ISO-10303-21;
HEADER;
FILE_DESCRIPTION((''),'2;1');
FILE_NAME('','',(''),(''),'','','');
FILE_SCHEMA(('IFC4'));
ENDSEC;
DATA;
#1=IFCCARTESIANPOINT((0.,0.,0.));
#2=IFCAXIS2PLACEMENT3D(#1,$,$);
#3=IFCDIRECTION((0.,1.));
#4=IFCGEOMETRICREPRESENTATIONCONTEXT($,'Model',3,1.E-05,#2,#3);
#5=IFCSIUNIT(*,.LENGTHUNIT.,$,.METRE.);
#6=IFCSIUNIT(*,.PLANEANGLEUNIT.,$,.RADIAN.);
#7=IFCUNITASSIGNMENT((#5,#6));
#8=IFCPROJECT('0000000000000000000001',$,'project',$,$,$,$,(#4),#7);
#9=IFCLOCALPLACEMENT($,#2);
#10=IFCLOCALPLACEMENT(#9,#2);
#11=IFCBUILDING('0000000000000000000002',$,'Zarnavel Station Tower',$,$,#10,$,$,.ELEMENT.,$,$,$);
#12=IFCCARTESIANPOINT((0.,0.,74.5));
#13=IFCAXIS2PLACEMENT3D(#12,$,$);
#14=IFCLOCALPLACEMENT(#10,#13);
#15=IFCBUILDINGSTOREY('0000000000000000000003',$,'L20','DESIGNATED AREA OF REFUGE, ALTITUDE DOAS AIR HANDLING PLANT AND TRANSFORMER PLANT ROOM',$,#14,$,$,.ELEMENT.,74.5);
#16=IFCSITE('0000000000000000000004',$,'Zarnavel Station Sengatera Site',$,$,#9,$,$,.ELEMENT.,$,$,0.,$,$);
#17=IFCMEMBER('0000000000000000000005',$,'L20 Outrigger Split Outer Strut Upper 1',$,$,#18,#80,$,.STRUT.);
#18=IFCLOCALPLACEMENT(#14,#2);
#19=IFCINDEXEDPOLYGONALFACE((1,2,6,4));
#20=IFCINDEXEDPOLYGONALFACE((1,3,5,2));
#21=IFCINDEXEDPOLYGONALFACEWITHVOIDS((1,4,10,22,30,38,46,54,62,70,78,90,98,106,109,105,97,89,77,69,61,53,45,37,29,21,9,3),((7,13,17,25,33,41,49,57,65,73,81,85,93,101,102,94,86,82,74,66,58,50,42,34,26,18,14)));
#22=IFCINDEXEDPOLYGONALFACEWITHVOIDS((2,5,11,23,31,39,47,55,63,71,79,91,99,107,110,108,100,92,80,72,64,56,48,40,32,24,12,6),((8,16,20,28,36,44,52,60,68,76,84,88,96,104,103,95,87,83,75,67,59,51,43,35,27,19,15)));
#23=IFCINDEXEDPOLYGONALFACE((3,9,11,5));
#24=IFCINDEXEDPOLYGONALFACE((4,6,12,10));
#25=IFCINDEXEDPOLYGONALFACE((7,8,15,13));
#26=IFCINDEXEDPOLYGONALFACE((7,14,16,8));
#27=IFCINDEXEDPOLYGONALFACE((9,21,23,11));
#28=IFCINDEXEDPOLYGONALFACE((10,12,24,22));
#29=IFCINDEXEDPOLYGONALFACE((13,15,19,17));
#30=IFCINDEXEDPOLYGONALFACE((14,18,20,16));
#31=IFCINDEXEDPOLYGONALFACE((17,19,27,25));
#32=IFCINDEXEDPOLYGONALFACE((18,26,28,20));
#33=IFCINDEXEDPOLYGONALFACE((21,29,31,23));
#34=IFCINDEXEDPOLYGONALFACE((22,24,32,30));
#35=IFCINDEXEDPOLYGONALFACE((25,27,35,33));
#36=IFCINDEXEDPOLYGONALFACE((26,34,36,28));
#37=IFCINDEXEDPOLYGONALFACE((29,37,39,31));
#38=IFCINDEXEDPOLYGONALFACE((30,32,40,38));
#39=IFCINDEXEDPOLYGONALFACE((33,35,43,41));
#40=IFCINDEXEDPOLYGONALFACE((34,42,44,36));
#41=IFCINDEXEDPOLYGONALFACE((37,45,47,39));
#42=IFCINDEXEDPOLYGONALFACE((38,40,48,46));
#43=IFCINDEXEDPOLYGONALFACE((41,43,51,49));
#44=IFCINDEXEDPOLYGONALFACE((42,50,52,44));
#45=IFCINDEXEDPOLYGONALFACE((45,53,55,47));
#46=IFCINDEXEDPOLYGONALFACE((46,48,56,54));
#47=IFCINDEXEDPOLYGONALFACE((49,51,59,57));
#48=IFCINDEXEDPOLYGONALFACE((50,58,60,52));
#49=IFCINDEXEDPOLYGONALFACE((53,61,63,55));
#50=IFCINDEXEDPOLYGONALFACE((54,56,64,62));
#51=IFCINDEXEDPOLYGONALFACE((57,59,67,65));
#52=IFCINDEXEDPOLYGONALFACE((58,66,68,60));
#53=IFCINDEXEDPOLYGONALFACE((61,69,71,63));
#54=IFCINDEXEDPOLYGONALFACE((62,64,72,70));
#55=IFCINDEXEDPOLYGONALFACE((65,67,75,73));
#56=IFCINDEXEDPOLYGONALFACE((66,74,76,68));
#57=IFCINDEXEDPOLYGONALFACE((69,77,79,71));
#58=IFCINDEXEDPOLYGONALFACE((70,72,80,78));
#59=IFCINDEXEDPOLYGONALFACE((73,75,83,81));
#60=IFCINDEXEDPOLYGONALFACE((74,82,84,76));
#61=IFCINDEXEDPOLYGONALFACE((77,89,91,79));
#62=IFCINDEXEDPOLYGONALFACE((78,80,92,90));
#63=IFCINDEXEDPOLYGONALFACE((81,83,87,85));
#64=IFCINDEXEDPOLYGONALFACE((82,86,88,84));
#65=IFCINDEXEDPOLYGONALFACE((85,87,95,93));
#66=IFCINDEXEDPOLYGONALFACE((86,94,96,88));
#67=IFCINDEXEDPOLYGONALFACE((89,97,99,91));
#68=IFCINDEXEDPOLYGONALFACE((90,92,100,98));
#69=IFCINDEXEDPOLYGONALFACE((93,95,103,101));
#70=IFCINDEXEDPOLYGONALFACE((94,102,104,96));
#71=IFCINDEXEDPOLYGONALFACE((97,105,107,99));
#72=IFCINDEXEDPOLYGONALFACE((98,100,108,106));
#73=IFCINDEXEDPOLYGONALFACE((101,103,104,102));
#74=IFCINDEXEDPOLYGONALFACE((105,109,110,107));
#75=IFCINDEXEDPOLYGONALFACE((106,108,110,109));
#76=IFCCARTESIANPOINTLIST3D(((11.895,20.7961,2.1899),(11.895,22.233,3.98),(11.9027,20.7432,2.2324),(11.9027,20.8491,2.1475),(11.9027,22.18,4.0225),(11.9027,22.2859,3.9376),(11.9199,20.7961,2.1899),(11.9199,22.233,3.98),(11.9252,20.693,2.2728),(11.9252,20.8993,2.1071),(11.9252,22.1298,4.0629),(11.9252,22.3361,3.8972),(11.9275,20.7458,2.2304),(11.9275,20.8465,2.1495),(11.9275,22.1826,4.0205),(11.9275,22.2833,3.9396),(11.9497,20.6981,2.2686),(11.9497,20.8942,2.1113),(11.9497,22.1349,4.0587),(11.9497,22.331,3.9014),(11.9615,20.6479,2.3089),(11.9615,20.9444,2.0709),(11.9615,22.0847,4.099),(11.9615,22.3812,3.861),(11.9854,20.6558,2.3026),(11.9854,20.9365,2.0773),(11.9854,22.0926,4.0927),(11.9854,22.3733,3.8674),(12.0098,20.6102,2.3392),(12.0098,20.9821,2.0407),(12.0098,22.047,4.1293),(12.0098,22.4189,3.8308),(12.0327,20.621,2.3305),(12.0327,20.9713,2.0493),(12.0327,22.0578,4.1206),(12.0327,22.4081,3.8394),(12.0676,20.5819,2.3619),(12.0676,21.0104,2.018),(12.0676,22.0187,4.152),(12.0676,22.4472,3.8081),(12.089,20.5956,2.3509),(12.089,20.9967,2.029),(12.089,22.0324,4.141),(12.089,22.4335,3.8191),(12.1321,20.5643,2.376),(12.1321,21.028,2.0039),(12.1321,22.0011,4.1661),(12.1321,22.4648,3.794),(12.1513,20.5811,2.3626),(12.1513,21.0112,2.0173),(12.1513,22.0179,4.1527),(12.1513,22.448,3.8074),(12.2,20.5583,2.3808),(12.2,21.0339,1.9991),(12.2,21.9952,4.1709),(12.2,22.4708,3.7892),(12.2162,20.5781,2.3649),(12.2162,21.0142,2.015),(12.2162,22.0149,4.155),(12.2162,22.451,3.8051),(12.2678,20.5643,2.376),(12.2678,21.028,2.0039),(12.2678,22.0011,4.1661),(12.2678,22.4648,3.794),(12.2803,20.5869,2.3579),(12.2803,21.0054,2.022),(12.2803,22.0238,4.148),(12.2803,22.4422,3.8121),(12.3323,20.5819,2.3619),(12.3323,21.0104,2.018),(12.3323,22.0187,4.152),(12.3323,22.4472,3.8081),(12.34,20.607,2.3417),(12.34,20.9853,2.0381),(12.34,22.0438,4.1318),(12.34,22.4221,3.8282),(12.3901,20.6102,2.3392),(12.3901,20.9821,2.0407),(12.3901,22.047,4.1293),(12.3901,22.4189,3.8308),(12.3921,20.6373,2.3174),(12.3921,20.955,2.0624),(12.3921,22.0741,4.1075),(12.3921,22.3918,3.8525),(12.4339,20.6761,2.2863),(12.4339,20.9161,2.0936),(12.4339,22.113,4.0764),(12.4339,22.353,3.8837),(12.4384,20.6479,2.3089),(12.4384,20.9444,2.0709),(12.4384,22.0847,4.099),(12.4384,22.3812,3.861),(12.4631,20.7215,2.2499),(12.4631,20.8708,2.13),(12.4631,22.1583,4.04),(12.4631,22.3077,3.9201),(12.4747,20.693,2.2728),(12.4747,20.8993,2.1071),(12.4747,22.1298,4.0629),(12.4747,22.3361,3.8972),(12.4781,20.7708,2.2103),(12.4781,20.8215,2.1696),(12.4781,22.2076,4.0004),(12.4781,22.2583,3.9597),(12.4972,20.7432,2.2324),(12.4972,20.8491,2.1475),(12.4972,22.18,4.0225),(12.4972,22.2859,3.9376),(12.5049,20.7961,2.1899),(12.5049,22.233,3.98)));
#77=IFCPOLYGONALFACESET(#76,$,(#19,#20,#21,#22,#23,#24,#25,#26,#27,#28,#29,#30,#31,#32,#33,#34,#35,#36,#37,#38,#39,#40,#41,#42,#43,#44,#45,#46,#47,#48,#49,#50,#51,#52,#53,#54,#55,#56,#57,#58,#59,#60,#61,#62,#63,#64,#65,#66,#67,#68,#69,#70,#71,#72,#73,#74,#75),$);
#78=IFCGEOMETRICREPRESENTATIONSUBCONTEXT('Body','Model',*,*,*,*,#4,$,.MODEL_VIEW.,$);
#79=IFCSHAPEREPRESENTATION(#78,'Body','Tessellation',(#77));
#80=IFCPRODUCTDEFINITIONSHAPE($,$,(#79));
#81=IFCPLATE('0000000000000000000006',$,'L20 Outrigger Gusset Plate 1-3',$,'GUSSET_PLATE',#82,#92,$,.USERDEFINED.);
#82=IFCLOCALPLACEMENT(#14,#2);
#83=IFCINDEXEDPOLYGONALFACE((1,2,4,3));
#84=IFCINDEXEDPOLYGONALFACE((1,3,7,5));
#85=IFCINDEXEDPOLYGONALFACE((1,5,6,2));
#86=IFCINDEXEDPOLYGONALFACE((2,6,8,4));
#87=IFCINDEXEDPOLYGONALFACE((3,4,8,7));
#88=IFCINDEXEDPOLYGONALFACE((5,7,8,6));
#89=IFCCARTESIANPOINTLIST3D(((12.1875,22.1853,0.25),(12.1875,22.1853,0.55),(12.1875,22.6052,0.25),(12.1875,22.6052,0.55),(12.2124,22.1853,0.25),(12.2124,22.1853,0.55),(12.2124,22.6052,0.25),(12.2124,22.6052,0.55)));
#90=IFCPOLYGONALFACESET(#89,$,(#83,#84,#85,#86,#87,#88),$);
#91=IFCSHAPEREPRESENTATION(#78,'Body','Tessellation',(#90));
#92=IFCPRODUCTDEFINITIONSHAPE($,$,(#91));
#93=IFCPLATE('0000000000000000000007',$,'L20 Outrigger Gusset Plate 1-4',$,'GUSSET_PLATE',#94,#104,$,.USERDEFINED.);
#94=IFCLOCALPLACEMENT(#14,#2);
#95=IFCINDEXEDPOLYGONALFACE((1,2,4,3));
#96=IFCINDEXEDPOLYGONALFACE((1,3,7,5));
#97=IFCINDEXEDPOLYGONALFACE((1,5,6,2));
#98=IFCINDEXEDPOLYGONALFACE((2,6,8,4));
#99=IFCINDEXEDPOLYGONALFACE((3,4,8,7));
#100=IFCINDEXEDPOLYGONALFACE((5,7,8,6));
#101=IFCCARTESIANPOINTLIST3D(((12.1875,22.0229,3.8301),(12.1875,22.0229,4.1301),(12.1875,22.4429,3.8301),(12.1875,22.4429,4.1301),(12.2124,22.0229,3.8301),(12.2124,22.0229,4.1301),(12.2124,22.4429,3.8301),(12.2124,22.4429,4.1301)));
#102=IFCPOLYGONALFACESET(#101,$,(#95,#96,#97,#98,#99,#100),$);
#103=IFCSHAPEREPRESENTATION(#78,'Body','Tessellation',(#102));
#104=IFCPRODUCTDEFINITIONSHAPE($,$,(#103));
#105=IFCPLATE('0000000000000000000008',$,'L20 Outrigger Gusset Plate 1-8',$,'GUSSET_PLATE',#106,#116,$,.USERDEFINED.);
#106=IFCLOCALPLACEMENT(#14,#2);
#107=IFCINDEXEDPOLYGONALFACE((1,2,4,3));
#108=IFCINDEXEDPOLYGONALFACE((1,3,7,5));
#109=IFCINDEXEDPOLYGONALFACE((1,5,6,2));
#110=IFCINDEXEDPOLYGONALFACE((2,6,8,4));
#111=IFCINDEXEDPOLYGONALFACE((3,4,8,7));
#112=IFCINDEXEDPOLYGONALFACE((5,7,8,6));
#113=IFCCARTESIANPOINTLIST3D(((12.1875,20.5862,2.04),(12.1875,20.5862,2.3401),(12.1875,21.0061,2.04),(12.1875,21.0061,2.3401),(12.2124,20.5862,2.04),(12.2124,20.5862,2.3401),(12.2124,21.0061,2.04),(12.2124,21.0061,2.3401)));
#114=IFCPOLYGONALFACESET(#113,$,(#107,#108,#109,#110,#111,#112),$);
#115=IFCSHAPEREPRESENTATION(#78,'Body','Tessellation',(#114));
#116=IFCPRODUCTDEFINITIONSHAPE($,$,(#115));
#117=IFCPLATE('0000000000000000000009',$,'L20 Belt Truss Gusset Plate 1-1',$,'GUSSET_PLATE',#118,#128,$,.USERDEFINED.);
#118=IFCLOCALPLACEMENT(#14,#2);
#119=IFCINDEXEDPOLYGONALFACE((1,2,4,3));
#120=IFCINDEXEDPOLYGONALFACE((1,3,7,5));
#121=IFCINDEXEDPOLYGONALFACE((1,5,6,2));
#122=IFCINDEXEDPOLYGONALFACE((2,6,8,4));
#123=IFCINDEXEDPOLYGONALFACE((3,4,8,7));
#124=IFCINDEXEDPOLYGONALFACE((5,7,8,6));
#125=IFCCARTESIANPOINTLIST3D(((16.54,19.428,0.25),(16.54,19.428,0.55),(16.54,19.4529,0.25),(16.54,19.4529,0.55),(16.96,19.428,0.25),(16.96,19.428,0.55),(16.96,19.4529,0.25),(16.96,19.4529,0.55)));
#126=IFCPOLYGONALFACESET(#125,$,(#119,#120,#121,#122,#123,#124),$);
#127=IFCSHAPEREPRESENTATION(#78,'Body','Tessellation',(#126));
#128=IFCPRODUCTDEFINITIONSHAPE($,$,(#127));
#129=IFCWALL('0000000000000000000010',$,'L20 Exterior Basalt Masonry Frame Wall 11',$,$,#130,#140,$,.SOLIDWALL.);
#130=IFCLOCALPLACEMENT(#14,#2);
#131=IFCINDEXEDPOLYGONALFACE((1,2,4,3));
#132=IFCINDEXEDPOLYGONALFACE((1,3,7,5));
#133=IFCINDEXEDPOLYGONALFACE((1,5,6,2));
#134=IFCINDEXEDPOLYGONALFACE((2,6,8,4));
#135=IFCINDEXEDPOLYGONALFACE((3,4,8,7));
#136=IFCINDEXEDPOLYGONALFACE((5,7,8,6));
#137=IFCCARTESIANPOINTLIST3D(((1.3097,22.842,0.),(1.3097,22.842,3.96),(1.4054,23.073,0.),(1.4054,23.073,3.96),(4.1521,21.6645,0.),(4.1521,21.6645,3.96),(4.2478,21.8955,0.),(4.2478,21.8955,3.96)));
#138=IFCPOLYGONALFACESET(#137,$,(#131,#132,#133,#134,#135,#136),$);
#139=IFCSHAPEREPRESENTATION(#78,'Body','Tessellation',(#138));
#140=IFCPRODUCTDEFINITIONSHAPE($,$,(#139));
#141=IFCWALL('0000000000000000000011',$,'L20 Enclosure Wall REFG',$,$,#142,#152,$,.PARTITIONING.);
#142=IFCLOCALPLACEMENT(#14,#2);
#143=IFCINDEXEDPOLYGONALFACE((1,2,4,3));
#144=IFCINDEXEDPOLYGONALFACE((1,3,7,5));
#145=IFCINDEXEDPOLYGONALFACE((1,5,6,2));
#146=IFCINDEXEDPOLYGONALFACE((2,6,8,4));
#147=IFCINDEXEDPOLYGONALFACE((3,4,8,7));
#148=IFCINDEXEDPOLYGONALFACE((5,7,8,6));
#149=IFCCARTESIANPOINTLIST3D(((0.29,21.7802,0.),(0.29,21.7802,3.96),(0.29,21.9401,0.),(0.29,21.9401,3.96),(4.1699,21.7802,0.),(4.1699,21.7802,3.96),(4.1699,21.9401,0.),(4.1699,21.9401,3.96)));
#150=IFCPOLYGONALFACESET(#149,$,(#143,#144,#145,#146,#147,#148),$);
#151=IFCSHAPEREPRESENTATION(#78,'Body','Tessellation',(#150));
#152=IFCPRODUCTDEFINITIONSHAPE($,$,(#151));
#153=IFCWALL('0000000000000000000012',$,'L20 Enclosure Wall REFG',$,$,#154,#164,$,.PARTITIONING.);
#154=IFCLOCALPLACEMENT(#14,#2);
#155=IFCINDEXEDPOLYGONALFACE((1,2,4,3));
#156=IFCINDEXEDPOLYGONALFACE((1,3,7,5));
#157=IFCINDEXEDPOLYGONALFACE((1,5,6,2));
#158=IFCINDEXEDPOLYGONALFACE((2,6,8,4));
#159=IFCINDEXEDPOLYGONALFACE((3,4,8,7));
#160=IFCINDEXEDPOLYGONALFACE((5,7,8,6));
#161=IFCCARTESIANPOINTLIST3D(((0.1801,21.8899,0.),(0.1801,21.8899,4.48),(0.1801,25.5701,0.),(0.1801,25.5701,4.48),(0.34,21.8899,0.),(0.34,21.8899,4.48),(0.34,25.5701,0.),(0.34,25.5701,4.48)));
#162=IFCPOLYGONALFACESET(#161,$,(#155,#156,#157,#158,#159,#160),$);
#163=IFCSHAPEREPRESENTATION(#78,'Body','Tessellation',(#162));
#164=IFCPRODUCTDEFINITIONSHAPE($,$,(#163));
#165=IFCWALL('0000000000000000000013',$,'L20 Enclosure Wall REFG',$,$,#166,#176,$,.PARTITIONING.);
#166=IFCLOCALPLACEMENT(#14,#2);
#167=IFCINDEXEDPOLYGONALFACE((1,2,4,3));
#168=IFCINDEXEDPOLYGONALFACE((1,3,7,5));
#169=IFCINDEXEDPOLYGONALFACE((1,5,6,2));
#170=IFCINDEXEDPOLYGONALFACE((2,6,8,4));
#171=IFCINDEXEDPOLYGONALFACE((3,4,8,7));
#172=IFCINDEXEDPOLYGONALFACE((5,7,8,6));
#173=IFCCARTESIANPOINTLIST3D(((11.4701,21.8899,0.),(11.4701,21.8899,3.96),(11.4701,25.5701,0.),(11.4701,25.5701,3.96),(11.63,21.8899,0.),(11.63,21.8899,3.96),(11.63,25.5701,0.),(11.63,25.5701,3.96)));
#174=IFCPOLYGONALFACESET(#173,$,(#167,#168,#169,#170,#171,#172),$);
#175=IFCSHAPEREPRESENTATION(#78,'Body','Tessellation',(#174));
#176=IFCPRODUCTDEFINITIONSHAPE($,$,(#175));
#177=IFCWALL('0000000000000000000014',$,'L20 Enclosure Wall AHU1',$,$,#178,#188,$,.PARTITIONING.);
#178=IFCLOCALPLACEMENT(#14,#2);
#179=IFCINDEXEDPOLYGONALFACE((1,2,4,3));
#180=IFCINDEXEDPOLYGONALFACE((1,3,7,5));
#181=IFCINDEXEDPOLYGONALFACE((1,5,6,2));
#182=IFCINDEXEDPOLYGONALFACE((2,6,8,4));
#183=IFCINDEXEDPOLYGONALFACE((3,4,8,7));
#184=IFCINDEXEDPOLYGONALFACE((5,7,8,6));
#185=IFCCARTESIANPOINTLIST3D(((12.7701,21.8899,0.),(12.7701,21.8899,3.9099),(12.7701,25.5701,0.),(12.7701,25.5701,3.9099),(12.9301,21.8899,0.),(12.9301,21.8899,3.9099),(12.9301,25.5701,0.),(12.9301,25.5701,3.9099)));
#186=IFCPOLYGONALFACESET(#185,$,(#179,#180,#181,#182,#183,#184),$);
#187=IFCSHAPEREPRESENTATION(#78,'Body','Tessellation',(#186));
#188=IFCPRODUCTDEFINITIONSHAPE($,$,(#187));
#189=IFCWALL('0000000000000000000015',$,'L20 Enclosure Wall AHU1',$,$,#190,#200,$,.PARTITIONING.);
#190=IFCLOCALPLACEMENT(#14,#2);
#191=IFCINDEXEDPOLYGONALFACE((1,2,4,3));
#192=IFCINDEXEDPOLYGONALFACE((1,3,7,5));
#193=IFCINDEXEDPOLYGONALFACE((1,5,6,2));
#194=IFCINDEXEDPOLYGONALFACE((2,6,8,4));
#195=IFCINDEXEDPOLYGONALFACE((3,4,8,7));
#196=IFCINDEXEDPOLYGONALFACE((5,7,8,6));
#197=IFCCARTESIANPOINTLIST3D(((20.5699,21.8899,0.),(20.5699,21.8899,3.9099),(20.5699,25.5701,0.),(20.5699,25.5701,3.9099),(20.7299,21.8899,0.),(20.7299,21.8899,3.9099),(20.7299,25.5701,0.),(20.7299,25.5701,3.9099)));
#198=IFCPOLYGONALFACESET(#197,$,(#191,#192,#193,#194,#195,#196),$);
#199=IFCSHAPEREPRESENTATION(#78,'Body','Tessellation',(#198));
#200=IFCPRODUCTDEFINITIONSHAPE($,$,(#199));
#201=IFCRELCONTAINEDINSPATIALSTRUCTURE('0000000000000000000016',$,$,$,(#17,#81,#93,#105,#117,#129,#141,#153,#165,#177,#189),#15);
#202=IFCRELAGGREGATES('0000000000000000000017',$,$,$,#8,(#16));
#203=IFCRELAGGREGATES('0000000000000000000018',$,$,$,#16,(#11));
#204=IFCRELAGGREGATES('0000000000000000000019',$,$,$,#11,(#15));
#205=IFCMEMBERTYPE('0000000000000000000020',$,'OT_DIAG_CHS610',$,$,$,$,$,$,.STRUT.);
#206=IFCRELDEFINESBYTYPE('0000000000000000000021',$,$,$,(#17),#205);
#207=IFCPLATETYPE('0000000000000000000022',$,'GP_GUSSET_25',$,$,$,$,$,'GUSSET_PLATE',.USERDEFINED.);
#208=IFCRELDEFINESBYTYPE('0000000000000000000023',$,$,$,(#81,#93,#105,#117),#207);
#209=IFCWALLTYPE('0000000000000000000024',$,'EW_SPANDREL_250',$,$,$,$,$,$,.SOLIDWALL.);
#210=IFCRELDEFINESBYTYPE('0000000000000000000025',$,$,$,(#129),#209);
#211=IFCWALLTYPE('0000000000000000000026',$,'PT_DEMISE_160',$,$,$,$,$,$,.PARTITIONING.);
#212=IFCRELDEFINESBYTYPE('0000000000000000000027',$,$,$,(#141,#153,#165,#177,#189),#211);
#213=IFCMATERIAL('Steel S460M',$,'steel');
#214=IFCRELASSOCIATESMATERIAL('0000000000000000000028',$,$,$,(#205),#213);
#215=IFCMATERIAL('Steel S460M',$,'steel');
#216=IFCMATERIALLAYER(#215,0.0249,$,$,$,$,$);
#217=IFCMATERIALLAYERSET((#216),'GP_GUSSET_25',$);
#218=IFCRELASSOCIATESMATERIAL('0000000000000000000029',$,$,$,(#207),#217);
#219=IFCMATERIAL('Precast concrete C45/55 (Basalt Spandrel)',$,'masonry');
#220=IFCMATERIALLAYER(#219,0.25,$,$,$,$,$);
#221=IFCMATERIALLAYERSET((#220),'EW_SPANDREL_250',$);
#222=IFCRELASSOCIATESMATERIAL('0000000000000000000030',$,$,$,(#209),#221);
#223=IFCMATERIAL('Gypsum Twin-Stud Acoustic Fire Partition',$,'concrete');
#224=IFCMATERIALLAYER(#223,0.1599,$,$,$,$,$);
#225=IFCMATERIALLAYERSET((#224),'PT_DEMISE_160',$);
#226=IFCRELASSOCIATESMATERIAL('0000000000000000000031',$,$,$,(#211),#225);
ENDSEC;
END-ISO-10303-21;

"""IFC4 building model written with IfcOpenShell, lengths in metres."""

from ifc_helpers import new_model, si_unit, direction, frame, frame_2d, origin, origin_2d, place, context, subcontext, project, spatial, rectangle, hollow_circle, extrude, material, layer, layer_set, material_profile, profile_set, type_object, element, save


model = new_model("IFC4")

# Units and contexts
model_context = context("Model", 3, precision=1e-05, world=origin(), true_north=direction((0.0, 1.0)))
body_context = subcontext(model_context, "Body", "Model", "MODEL_VIEW")
ifc_project = project(units=[si_unit("LENGTHUNIT", "METRE"), si_unit("PLANEANGLEUNIT", "RADIAN")], contexts=[model_context])

# Site, building, storey
site_placement = place(None, origin())
site = spatial("IfcSite", under=ifc_project, at=site_placement, Name="Zarnavel Station Sengatera Site", CompositionType="ELEMENT", RefElevation=0.0)
building_placement = place(site_placement, origin())
building = spatial("IfcBuilding", under=site, at=building_placement, Name="Zarnavel Station Tower", CompositionType="ELEMENT")
storey_placement = place(building_placement, frame((0.0, 0.0, 74.5)))
storey = spatial("IfcBuildingStorey", under=building, at=storey_placement, Name="L20", Description="DESIGNATED AREA OF REFUGE, ALTITUDE DOAS AIR HANDLING PLANT AND TRANSFORMER PLANT ROOM", CompositionType="ELEMENT", Elevation=74.5)

# Member
ifc_material_1 = material(Name="Steel S460M", Category="steel")
ifc_material_profile_1 = material_profile(ifc_material_1, hollow_circle(Radius=0.3049, WallThickness=0.0249, at=origin_2d()), Name="CHS610x25")
ifc_profile_set_1 = profile_set([ifc_material_profile_1], Name="Steel S460M")
member_type_1 = type_object("IfcMemberType", Name="OT_DIAG_CHS610", PredefinedType="STRUT", material=ifc_profile_set_1)
member_1_placement = place(storey_placement, frame((12.2, 20.7961, 2.1899), z_axis=(0.0, 0.625952, 0.779861), x_axis=(-1.0, 0.0, 0.0)))
element("IfcMember", 1, at=member_1_placement, inside=storey, type_object=member_type_1, Name="L20 Outrigger Split Outer Strut Upper 1", PredefinedType="STRUT", context=body_context, shape_type="SweptSolid", body=[
    extrude(hollow_circle(Radius=0.3049, WallThickness=0.0249, at=origin_2d()), origin(), (0.0, 0.0, 1.0), 2.2954),
])

# Plates
ifc_material_2 = material(Name="Steel S460M", Category="steel")
ifc_layer_1 = layer(ifc_material_2, 0.0249)
ifc_layer_set_1 = layer_set([ifc_layer_1], Name="GP_GUSSET_25")
plate_type = type_object("IfcPlateType", Name="GP_GUSSET_25", ElementType="GUSSET_PLATE", PredefinedType="USERDEFINED", material=ifc_layer_set_1)
for number, where, z_axis, x_axis, name in (
    (2, (12.2, 22.3953, 0.25), (0.0, 0.0, 1.0), (1.0, 0.0, 0.0), "L20 Outrigger Gusset Plate 1-3"),
    (3, (12.2, 22.2329, 3.8301), (0.0, 0.0, 1.0), (1.0, 0.0, 0.0), "L20 Outrigger Gusset Plate 1-4"),
    (4, (12.2, 20.7961, 2.04), (0.0, 0.0, 1.0), (1.0, 0.0, 0.0), "L20 Outrigger Gusset Plate 1-8"),
):
    element("IfcPlate", number, at=place(storey_placement, frame(where, z_axis=z_axis, x_axis=x_axis)), inside=storey, type_object=plate_type, Name=name, ObjectType="GUSSET_PLATE", PredefinedType="USERDEFINED", context=body_context, shape_type="SweptSolid", body=[
        extrude(rectangle(XDim=0.0249, YDim=0.4199, at=origin_2d()), origin(), (0.0, 0.0, 1.0), 0.3),
    ])
plate_placement = place(storey_placement, frame((16.75, 19.4404, 0.25), z_axis=(0.0, 0.0, 1.0), x_axis=(1.0, 0.0, 0.0)))
element("IfcPlate", 5, at=plate_placement, inside=storey, type_object=plate_type, Name="L20 Belt Truss Gusset Plate 1-1", ObjectType="GUSSET_PLATE", PredefinedType="USERDEFINED", context=body_context, shape_type="SweptSolid", body=[
    extrude(rectangle(XDim=0.4199, YDim=0.0249, at=origin_2d()), origin(), (0.0, 0.0, 1.0), 0.3),
])

# Walls
ifc_material_3 = material(Name="Precast concrete C45/55 (Basalt Spandrel)", Category="masonry")
ifc_layer_2 = layer(ifc_material_3, 0.25)
ifc_layer_set_2 = layer_set([ifc_layer_2], Name="EW_SPANDREL_250")
wall_type_1 = type_object("IfcWallType", Name="EW_SPANDREL_250", PredefinedType="SOLIDWALL", material=ifc_layer_set_2)
wall_1_placement = place(storey_placement, frame((4.2, 21.78, 0.0), z_axis=(0.0, 0.0, 1.0), x_axis=(-0.923871, 0.382705, 0.0)))
element("IfcWall", 6, at=wall_1_placement, inside=storey, type_object=wall_type_1, Name="L20 Exterior Basalt Masonry Frame Wall 11", PredefinedType="SOLIDWALL", context=body_context, shape_type="SweptSolid", body=[
    extrude(rectangle(XDim=3.0767, YDim=0.25, at=frame_2d((1.5383, 0.0))), origin(), (0.0, 0.0, 1.0), 3.96),
])
ifc_material_4 = material(Name="Gypsum Twin-Stud Acoustic Fire Partition", Category="concrete")
ifc_layer_3 = layer(ifc_material_4, 0.1599)
ifc_layer_set_3 = layer_set([ifc_layer_3], Name="PT_DEMISE_160")
wall_type_2 = type_object("IfcWallType", Name="PT_DEMISE_160", PredefinedType="PARTITIONING", material=ifc_layer_set_3)
wall_2_placement = place(storey_placement, frame((0.29, 21.8601, 0.0), z_axis=(0.0, 0.0, 1.0), x_axis=(1.0, 0.0, 0.0)))
element("IfcWall", 7, at=wall_2_placement, inside=storey, type_object=wall_type_2, Name="L20 Enclosure Wall REFG", PredefinedType="PARTITIONING", context=body_context, shape_type="SweptSolid", body=[
    extrude(rectangle(XDim=3.8799, YDim=0.1599, at=frame_2d((1.9399, 0.0))), origin(), (0.0, 0.0, 1.0), 3.96),
])
wall_3_placement = place(storey_placement, frame((0.26, 21.8899, 0.0), z_axis=(0.0, 0.0, 1.0), x_axis=(0.0, 1.0, 0.0)))
element("IfcWall", 8, at=wall_3_placement, inside=storey, type_object=wall_type_2, Name="L20 Enclosure Wall REFG", PredefinedType="PARTITIONING", context=body_context, shape_type="SweptSolid", body=[
    extrude(rectangle(XDim=3.6802, YDim=0.1599, at=frame_2d((1.8401, 0.0))), origin(), (0.0, 0.0, 1.0), 4.48),
])
wall_4_placement = place(storey_placement, frame((11.55, 21.8899, 0.0), z_axis=(0.0, 0.0, 1.0), x_axis=(0.0, 1.0, 0.0)))
element("IfcWall", 9, at=wall_4_placement, inside=storey, type_object=wall_type_2, Name="L20 Enclosure Wall REFG", PredefinedType="PARTITIONING", context=body_context, shape_type="SweptSolid", body=[
    extrude(rectangle(XDim=3.6802, YDim=0.1599, at=frame_2d((1.8401, 0.0))), origin(), (0.0, 0.0, 1.0), 3.96),
])
for number, where, z_axis, x_axis, name in (
    (10, (12.8501, 21.8899, 0.0), (0.0, 0.0, 1.0), (0.0, 1.0, 0.0), "L20 Enclosure Wall AHU1"),
    (11, (20.6499, 21.8899, 0.0), (0.0, 0.0, 1.0), (0.0, 1.0, 0.0), "L20 Enclosure Wall AHU1"),
):
    element("IfcWall", number, at=place(storey_placement, frame(where, z_axis=z_axis, x_axis=x_axis)), inside=storey, type_object=wall_type_2, Name=name, PredefinedType="PARTITIONING", context=body_context, shape_type="SweptSolid", body=[
        extrude(rectangle(XDim=3.6802, YDim=0.1599, at=frame_2d((1.8401, 0.0))), origin(), (0.0, 0.0, 1.0), 3.9099),
    ])

save(model, "model.ifc")
